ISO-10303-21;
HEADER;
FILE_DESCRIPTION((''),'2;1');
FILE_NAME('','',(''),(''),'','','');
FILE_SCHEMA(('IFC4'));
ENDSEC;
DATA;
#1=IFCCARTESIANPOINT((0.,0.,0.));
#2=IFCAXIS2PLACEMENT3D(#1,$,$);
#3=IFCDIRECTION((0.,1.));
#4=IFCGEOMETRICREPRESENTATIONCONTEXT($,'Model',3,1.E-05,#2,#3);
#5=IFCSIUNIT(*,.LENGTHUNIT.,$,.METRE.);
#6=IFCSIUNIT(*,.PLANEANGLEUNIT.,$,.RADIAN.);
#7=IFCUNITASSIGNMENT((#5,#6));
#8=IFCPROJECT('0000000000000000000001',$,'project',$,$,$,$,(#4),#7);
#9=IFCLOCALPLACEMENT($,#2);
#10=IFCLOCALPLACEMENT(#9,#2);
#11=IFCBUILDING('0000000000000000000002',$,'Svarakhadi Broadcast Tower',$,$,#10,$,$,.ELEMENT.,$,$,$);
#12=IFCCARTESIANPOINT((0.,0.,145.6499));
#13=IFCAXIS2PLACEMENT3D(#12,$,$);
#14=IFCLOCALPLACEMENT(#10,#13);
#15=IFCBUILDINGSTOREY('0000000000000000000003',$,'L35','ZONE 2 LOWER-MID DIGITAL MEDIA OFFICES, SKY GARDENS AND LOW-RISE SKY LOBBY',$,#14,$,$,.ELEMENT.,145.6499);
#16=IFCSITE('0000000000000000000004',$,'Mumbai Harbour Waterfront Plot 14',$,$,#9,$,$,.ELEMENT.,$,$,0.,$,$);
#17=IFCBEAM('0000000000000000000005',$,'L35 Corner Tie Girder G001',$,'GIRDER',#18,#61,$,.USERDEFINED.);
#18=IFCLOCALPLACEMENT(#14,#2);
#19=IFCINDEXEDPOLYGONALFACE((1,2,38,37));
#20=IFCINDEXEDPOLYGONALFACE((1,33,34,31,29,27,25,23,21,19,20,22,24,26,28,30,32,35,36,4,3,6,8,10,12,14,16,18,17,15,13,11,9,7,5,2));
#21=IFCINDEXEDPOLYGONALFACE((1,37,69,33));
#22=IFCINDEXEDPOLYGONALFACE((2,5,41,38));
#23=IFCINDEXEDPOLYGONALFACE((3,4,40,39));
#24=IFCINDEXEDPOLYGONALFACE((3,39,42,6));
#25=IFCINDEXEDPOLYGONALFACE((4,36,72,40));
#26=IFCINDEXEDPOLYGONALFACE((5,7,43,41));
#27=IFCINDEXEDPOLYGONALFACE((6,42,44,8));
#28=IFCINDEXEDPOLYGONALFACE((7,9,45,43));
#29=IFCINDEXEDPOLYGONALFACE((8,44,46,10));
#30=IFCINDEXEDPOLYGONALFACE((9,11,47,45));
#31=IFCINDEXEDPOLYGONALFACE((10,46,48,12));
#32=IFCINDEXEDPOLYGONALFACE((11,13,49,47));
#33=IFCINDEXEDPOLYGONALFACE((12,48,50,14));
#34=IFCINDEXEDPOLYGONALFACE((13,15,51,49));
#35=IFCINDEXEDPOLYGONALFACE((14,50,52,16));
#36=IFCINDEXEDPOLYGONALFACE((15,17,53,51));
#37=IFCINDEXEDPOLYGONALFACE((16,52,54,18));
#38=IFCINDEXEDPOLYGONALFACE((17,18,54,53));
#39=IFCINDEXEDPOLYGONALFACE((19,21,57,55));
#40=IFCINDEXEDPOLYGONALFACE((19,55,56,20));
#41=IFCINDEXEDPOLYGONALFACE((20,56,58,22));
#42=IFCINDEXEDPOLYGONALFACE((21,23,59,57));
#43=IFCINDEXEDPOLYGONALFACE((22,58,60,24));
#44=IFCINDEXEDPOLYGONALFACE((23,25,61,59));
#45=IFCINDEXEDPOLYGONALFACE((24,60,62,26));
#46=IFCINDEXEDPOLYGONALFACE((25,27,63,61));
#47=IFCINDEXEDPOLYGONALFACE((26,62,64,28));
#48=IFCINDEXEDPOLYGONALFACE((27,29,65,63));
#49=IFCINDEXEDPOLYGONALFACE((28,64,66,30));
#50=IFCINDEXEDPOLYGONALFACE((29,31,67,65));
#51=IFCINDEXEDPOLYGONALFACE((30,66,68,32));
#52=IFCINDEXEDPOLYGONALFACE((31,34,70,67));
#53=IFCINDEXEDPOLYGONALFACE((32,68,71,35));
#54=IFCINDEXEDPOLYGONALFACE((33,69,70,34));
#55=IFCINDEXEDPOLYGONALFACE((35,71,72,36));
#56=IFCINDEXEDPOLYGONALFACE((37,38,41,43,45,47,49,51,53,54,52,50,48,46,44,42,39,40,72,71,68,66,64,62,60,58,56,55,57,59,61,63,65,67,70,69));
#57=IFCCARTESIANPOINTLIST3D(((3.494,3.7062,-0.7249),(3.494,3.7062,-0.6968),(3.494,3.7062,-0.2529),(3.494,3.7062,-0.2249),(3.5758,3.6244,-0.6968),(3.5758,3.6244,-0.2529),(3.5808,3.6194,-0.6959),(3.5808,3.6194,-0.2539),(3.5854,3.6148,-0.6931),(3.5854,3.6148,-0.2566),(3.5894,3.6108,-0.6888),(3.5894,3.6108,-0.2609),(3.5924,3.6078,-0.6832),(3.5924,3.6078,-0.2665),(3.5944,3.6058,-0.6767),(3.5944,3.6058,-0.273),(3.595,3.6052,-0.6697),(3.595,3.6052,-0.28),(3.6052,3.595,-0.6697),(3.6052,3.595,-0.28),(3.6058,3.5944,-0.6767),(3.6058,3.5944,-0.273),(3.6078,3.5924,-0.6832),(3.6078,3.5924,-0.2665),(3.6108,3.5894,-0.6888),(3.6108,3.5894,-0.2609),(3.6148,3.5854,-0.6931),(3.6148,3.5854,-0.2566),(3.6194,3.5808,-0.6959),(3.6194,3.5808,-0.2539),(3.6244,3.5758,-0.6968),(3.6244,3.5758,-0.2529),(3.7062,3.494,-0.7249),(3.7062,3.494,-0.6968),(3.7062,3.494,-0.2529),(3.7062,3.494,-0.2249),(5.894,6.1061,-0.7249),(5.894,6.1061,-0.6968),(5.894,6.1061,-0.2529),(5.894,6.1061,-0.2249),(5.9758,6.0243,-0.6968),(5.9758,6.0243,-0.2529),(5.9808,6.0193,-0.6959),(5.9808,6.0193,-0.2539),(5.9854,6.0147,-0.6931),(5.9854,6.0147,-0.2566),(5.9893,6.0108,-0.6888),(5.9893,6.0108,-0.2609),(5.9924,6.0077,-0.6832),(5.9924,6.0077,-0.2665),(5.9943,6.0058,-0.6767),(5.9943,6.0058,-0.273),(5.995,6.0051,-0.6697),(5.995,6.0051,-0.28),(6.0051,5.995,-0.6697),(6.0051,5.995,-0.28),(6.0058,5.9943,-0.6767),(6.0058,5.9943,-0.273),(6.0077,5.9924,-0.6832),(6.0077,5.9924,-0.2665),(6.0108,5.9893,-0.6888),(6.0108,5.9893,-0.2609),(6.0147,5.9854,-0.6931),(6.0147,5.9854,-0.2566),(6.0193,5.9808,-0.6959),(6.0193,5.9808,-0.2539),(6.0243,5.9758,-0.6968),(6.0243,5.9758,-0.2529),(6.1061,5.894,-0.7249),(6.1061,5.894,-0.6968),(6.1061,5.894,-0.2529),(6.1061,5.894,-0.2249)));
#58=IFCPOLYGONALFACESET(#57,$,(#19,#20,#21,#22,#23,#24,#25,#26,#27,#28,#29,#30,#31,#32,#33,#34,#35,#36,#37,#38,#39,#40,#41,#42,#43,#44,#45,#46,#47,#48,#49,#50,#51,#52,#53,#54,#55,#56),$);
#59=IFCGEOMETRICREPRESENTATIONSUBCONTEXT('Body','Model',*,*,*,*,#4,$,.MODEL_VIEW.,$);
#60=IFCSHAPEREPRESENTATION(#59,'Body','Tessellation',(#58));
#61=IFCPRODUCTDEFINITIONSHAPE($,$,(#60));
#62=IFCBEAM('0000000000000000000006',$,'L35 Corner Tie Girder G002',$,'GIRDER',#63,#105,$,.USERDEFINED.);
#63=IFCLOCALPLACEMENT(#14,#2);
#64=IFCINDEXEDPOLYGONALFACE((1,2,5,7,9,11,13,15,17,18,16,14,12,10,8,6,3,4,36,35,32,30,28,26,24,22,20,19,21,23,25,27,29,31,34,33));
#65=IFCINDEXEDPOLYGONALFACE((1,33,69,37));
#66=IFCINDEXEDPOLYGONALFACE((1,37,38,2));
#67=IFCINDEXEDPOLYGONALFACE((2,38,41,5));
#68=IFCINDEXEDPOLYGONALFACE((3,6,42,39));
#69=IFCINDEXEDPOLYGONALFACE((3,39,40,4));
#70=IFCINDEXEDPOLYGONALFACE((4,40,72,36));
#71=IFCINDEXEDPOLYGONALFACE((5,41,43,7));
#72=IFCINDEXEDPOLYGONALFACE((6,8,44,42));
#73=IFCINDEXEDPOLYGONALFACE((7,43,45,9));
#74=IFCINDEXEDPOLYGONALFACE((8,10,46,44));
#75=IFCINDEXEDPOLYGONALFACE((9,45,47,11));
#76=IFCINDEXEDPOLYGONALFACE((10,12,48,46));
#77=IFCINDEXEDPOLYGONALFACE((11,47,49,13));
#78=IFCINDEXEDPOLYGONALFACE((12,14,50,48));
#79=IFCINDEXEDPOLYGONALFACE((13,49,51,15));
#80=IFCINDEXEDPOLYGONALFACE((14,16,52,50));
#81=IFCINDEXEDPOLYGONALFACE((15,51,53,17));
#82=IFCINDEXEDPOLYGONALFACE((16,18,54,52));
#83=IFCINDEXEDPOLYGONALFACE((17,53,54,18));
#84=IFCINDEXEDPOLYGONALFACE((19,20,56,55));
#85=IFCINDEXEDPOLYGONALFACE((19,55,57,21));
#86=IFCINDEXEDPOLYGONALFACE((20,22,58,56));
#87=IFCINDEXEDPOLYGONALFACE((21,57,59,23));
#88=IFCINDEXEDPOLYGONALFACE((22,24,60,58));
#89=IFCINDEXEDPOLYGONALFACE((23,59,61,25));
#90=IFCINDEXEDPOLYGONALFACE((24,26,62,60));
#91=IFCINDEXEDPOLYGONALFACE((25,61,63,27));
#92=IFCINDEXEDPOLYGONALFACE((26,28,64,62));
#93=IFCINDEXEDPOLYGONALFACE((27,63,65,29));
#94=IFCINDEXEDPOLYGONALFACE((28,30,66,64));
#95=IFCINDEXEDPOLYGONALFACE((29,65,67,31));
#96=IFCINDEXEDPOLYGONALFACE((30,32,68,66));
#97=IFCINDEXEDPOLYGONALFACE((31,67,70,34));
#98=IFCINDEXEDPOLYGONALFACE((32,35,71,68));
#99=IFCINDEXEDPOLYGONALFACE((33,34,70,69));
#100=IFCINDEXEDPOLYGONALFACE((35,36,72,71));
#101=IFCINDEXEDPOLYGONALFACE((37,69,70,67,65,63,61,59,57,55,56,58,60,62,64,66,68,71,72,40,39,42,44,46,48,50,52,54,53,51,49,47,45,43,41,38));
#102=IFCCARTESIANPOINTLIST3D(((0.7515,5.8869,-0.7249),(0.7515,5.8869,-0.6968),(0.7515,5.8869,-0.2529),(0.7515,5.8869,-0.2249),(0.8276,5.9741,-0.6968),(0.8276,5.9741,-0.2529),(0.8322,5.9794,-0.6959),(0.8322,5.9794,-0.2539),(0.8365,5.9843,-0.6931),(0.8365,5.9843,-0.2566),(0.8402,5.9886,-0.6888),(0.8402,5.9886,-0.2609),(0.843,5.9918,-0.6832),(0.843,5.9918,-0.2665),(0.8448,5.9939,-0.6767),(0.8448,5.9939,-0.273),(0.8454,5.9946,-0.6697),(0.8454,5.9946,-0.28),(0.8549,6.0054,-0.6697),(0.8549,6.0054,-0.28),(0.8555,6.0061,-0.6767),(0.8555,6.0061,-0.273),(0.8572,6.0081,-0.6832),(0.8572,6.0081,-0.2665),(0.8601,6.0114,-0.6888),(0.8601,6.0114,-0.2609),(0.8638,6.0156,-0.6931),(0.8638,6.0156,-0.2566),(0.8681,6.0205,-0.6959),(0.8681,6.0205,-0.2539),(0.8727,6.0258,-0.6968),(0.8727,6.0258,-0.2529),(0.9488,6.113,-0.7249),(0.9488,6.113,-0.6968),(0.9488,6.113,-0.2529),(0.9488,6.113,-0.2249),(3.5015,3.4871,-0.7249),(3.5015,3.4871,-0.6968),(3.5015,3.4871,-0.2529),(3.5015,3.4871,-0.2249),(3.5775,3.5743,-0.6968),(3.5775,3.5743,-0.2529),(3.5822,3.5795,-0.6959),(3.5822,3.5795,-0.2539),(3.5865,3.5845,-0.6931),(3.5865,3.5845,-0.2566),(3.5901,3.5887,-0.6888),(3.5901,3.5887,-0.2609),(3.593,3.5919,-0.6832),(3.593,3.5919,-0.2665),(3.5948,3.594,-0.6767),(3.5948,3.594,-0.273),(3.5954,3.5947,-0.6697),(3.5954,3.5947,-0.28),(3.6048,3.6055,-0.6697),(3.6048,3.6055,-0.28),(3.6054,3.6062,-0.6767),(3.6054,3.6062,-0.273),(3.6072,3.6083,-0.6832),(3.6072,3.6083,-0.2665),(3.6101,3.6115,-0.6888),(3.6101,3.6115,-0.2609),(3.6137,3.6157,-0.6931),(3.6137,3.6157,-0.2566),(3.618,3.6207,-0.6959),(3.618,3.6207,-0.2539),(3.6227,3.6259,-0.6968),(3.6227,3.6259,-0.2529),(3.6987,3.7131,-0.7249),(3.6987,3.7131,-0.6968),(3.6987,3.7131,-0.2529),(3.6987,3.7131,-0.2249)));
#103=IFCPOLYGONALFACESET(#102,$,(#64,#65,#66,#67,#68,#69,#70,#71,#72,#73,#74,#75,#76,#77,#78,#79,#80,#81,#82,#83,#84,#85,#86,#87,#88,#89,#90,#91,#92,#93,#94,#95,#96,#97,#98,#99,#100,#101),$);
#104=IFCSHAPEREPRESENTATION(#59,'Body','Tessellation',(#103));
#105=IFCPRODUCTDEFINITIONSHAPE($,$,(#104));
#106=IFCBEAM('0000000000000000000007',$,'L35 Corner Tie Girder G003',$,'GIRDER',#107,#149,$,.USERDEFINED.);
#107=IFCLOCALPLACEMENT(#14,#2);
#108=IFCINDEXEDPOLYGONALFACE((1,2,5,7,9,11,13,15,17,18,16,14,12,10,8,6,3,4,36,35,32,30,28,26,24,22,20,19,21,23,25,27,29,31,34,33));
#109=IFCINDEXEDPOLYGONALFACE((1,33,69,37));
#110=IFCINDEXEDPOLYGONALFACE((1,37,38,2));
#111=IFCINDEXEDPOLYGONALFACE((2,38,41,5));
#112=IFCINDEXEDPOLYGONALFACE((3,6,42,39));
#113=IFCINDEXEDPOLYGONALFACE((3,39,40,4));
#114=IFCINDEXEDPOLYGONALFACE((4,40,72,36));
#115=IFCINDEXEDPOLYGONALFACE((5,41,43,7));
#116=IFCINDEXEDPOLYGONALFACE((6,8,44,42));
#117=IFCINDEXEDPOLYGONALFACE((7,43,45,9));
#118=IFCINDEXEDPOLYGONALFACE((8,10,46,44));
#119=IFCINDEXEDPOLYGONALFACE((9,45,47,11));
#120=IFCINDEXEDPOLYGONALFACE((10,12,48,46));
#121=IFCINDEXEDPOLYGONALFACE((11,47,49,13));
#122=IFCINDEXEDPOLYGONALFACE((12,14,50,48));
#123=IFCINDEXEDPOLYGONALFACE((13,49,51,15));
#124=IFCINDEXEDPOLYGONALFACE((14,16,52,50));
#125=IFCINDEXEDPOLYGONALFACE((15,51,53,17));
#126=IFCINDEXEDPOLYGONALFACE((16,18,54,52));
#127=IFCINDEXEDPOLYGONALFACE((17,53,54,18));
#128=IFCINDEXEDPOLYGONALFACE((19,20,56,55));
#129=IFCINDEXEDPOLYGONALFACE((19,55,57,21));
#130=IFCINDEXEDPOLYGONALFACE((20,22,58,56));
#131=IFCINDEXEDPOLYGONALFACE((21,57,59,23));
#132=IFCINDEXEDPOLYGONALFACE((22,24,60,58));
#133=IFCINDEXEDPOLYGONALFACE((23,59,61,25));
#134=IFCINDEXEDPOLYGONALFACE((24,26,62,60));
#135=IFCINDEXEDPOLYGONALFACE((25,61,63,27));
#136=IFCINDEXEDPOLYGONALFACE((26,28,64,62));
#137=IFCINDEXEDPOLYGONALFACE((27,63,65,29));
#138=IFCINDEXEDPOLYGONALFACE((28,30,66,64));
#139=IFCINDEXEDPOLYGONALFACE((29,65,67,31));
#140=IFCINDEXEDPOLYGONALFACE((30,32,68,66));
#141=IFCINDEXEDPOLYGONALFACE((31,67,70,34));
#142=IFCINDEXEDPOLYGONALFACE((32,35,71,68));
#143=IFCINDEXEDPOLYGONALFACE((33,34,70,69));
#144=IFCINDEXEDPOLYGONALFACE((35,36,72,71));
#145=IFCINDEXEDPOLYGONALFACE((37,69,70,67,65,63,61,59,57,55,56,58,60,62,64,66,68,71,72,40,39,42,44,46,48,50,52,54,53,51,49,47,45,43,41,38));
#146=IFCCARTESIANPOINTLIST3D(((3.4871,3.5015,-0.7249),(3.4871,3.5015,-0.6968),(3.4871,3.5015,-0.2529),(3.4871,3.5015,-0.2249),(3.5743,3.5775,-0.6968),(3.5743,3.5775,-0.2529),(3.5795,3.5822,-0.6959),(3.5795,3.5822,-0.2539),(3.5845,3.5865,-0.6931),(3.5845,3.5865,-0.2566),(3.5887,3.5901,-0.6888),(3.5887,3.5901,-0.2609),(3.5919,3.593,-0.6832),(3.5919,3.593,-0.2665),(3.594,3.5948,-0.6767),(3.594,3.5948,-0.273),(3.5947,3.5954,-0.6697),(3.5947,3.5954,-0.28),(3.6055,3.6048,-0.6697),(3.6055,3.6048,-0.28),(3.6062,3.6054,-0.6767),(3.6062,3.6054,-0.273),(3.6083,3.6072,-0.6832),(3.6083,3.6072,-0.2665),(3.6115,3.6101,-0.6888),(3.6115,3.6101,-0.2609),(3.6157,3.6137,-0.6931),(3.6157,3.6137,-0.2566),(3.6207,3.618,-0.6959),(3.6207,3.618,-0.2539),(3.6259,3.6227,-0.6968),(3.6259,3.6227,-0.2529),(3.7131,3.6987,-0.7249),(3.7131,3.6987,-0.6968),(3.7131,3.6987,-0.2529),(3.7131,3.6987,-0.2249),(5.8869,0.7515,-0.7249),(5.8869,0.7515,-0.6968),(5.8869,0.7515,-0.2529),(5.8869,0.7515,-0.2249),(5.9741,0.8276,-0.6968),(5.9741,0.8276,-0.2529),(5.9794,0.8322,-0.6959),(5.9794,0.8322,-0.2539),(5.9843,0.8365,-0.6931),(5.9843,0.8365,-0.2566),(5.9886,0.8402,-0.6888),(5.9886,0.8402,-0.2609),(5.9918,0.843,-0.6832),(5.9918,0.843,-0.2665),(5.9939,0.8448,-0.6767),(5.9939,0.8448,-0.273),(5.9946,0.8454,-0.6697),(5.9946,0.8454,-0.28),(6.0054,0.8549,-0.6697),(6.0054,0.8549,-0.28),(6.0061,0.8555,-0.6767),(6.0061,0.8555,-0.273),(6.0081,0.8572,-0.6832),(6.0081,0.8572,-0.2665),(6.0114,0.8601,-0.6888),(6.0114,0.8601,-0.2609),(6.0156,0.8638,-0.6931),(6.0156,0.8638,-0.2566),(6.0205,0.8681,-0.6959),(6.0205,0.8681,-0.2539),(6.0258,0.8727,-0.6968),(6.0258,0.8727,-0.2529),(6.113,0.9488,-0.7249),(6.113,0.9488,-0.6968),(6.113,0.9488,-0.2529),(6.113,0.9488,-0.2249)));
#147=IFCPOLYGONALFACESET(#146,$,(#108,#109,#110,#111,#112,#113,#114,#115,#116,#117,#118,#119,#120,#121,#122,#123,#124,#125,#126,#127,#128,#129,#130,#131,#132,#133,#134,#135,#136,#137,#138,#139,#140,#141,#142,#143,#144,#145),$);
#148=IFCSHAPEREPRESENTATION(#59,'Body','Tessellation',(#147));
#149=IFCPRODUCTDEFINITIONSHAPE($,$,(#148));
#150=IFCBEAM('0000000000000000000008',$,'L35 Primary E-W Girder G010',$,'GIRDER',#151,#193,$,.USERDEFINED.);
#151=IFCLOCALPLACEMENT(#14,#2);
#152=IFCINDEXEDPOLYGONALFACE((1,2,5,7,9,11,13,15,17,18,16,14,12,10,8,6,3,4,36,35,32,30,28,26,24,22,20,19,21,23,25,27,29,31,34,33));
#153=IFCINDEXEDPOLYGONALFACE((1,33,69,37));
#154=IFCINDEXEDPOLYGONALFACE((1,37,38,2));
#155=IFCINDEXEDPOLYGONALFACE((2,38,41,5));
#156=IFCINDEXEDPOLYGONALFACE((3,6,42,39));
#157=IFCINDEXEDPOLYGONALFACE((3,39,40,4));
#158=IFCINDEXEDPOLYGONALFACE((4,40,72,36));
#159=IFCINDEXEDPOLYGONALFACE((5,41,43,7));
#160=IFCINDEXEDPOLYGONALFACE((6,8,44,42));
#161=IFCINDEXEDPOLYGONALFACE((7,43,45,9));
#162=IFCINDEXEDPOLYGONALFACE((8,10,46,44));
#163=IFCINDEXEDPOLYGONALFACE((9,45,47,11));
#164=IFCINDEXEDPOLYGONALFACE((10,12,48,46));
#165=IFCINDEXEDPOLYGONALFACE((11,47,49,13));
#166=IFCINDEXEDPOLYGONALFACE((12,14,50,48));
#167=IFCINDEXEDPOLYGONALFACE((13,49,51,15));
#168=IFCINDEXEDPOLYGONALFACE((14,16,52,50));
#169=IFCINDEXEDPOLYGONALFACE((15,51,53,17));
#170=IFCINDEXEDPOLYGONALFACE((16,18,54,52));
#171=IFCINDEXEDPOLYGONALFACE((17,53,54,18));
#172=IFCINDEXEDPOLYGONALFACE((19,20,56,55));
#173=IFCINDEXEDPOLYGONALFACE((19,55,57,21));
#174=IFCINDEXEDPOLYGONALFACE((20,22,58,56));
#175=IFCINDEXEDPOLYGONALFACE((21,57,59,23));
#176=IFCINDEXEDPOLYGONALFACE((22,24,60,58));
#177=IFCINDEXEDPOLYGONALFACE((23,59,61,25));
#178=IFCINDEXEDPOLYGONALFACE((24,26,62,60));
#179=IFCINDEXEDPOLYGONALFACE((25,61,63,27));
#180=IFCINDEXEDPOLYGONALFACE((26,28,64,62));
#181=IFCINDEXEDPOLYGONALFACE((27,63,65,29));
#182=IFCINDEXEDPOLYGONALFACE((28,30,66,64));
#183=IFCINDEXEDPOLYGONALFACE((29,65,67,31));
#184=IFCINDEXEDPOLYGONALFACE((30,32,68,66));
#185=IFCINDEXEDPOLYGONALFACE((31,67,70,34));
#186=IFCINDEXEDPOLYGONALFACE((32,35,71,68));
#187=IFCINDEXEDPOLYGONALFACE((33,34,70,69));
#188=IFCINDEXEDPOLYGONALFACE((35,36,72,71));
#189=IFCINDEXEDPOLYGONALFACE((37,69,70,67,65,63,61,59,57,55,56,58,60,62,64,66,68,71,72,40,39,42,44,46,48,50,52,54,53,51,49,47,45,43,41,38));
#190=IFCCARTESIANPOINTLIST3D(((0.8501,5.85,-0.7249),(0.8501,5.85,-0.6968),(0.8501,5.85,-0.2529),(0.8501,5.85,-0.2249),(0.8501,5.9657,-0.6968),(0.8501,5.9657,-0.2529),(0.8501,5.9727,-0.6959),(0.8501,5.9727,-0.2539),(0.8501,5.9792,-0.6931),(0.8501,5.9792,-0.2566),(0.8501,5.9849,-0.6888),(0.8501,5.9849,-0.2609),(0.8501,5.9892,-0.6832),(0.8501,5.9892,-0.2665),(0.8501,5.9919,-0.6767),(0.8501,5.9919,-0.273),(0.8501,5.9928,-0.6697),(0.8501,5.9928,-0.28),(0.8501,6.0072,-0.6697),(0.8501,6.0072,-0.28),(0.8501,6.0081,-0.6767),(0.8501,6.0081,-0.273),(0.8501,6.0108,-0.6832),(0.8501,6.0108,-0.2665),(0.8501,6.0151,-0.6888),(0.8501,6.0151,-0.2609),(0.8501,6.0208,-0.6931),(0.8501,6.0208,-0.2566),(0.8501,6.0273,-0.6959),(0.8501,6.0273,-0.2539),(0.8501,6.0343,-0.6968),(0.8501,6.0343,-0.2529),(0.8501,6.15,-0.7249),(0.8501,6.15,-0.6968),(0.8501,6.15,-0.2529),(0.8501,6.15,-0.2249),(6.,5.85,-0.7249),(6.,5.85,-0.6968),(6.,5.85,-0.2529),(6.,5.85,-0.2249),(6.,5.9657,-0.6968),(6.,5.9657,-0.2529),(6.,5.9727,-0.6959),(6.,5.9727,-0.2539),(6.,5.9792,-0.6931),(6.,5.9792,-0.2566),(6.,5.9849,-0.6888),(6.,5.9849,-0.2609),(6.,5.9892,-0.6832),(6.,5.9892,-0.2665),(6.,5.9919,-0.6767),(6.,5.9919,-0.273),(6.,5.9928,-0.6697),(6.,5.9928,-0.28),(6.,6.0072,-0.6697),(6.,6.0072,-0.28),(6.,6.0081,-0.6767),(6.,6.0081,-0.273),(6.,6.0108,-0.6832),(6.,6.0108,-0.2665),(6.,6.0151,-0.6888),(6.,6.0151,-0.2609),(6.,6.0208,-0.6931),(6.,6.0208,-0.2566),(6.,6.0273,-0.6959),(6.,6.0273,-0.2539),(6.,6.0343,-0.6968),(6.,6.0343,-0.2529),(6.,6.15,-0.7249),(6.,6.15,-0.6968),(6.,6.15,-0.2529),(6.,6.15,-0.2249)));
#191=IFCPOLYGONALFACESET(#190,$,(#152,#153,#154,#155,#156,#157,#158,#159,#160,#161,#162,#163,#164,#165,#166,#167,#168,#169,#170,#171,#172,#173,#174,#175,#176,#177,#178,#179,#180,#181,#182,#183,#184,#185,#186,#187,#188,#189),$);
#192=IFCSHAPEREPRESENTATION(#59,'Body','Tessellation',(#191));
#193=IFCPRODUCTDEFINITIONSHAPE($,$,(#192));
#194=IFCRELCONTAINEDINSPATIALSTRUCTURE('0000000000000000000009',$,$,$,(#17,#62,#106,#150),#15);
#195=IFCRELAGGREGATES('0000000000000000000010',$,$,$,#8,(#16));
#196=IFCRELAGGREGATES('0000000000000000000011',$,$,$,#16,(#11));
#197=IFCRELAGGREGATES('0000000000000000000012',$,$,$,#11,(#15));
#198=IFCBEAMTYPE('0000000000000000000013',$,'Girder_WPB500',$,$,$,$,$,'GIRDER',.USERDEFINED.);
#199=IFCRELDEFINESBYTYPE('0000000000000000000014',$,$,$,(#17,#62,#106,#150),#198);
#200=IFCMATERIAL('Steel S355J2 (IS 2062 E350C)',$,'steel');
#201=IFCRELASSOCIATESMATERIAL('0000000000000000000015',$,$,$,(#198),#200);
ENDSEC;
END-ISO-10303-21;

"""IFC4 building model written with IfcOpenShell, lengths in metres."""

from ifc_helpers import new_model, si_unit, direction, frame, origin, origin_2d, place, context, subcontext, project, spatial, i_section, extrude, material, material_profile, profile_set, type_object, element, save


model = new_model("IFC4")

# Units and contexts
model_context = context("Model", 3, precision=1e-05, world=origin(), true_north=direction((0.0, 1.0)))
body_context = subcontext(model_context, "Body", "Model", "MODEL_VIEW")
ifc_project = project(units=[si_unit("LENGTHUNIT", "METRE"), si_unit("PLANEANGLEUNIT", "RADIAN")], contexts=[model_context])

# Site, building, storey
site_placement = place(None, origin())
site = spatial("IfcSite", under=ifc_project, at=site_placement, Name="Mumbai Harbour Waterfront Plot 14", CompositionType="ELEMENT", RefElevation=0.0)
building_placement = place(site_placement, origin())
building = spatial("IfcBuilding", under=site, at=building_placement, Name="Svarakhadi Broadcast Tower", CompositionType="ELEMENT")
storey_placement = place(building_placement, frame((0.0, 0.0, 145.6499)))
storey = spatial("IfcBuildingStorey", under=building, at=storey_placement, Name="L35", Description="ZONE 2 LOWER-MID DIGITAL MEDIA OFFICES, SKY GARDENS AND LOW-RISE SKY LOBBY", CompositionType="ELEMENT", Elevation=145.6499)

# Beams
ifc_material_1 = material(Name="Steel S355J2 (IS 2062 E350C)", Category="steel")
ifc_material_profile_1 = material_profile(ifc_material_1, i_section(OverallWidth=0.3, OverallDepth=0.5, WebThickness=0.0144, FlangeThickness=0.0281, FilletRadius=0.0271, at=origin_2d()), Name="WPB 500x300x187")
ifc_profile_set_1 = profile_set([ifc_material_profile_1], Name="Steel S355J2 (IS 2062 E350C)")
beam_type = type_object("IfcBeamType", Name="Girder_WPB500", ElementType="GIRDER", PredefinedType="USERDEFINED", material=ifc_profile_set_1)
beam_1_placement = place(storey_placement, frame((3.6001, 3.6001, -0.4749), z_axis=(0.707107, 0.707107, 0.0), x_axis=(-0.707107, 0.707107, 0.0)))
element("IfcBeam", 1, at=beam_1_placement, inside=storey, type_object=beam_type, Name="L35 Corner Tie Girder G001", ObjectType="GIRDER", PredefinedType="USERDEFINED", context=body_context, shape_type="SweptSolid", body=[
    extrude(i_section(OverallWidth=0.3, OverallDepth=0.5, WebThickness=0.0144, FlangeThickness=0.0281, FilletRadius=0.0271, at=origin_2d()), origin(), (0.0, 0.0, 1.0), 3.394),
])
for number, where, z_axis, x_axis, name in (
    (2, (3.6001, 3.6001, -0.4749), (-0.753438, 0.657519, 0.0), (-0.657519, -0.753438, 0.0), "L35 Corner Tie Girder G002"),
    (3, (3.6001, 3.6001, -0.4749), (0.657519, -0.753438, 0.0), (0.753438, 0.657519, 0.0), "L35 Corner Tie Girder G003"),
):
    element("IfcBeam", number, at=place(storey_placement, frame(where, z_axis=z_axis, x_axis=x_axis)), inside=storey, type_object=beam_type, Name=name, ObjectType="GIRDER", PredefinedType="USERDEFINED", context=body_context, shape_type="SweptSolid", body=[
        extrude(i_section(OverallWidth=0.3, OverallDepth=0.5, WebThickness=0.0144, FlangeThickness=0.0281, FilletRadius=0.0271, at=origin_2d()), origin(), (0.0, 0.0, 1.0), 3.6499),
    ])
beam_2_placement = place(storey_placement, frame((0.8501, 6.0, -0.4749), z_axis=(1.0, 0.0, 0.0), x_axis=(0.0, 1.0, 0.0)))
element("IfcBeam", 4, at=beam_2_placement, inside=storey, type_object=beam_type, Name="L35 Primary E-W Girder G010", ObjectType="GIRDER", PredefinedType="USERDEFINED", context=body_context, shape_type="SweptSolid", body=[
    extrude(i_section(OverallWidth=0.3, OverallDepth=0.5, WebThickness=0.0144, FlangeThickness=0.0281, FilletRadius=0.0271, at=origin_2d()), origin(), (0.0, 0.0, 1.0), 5.1499),
])

save(model, "model.ifc")
